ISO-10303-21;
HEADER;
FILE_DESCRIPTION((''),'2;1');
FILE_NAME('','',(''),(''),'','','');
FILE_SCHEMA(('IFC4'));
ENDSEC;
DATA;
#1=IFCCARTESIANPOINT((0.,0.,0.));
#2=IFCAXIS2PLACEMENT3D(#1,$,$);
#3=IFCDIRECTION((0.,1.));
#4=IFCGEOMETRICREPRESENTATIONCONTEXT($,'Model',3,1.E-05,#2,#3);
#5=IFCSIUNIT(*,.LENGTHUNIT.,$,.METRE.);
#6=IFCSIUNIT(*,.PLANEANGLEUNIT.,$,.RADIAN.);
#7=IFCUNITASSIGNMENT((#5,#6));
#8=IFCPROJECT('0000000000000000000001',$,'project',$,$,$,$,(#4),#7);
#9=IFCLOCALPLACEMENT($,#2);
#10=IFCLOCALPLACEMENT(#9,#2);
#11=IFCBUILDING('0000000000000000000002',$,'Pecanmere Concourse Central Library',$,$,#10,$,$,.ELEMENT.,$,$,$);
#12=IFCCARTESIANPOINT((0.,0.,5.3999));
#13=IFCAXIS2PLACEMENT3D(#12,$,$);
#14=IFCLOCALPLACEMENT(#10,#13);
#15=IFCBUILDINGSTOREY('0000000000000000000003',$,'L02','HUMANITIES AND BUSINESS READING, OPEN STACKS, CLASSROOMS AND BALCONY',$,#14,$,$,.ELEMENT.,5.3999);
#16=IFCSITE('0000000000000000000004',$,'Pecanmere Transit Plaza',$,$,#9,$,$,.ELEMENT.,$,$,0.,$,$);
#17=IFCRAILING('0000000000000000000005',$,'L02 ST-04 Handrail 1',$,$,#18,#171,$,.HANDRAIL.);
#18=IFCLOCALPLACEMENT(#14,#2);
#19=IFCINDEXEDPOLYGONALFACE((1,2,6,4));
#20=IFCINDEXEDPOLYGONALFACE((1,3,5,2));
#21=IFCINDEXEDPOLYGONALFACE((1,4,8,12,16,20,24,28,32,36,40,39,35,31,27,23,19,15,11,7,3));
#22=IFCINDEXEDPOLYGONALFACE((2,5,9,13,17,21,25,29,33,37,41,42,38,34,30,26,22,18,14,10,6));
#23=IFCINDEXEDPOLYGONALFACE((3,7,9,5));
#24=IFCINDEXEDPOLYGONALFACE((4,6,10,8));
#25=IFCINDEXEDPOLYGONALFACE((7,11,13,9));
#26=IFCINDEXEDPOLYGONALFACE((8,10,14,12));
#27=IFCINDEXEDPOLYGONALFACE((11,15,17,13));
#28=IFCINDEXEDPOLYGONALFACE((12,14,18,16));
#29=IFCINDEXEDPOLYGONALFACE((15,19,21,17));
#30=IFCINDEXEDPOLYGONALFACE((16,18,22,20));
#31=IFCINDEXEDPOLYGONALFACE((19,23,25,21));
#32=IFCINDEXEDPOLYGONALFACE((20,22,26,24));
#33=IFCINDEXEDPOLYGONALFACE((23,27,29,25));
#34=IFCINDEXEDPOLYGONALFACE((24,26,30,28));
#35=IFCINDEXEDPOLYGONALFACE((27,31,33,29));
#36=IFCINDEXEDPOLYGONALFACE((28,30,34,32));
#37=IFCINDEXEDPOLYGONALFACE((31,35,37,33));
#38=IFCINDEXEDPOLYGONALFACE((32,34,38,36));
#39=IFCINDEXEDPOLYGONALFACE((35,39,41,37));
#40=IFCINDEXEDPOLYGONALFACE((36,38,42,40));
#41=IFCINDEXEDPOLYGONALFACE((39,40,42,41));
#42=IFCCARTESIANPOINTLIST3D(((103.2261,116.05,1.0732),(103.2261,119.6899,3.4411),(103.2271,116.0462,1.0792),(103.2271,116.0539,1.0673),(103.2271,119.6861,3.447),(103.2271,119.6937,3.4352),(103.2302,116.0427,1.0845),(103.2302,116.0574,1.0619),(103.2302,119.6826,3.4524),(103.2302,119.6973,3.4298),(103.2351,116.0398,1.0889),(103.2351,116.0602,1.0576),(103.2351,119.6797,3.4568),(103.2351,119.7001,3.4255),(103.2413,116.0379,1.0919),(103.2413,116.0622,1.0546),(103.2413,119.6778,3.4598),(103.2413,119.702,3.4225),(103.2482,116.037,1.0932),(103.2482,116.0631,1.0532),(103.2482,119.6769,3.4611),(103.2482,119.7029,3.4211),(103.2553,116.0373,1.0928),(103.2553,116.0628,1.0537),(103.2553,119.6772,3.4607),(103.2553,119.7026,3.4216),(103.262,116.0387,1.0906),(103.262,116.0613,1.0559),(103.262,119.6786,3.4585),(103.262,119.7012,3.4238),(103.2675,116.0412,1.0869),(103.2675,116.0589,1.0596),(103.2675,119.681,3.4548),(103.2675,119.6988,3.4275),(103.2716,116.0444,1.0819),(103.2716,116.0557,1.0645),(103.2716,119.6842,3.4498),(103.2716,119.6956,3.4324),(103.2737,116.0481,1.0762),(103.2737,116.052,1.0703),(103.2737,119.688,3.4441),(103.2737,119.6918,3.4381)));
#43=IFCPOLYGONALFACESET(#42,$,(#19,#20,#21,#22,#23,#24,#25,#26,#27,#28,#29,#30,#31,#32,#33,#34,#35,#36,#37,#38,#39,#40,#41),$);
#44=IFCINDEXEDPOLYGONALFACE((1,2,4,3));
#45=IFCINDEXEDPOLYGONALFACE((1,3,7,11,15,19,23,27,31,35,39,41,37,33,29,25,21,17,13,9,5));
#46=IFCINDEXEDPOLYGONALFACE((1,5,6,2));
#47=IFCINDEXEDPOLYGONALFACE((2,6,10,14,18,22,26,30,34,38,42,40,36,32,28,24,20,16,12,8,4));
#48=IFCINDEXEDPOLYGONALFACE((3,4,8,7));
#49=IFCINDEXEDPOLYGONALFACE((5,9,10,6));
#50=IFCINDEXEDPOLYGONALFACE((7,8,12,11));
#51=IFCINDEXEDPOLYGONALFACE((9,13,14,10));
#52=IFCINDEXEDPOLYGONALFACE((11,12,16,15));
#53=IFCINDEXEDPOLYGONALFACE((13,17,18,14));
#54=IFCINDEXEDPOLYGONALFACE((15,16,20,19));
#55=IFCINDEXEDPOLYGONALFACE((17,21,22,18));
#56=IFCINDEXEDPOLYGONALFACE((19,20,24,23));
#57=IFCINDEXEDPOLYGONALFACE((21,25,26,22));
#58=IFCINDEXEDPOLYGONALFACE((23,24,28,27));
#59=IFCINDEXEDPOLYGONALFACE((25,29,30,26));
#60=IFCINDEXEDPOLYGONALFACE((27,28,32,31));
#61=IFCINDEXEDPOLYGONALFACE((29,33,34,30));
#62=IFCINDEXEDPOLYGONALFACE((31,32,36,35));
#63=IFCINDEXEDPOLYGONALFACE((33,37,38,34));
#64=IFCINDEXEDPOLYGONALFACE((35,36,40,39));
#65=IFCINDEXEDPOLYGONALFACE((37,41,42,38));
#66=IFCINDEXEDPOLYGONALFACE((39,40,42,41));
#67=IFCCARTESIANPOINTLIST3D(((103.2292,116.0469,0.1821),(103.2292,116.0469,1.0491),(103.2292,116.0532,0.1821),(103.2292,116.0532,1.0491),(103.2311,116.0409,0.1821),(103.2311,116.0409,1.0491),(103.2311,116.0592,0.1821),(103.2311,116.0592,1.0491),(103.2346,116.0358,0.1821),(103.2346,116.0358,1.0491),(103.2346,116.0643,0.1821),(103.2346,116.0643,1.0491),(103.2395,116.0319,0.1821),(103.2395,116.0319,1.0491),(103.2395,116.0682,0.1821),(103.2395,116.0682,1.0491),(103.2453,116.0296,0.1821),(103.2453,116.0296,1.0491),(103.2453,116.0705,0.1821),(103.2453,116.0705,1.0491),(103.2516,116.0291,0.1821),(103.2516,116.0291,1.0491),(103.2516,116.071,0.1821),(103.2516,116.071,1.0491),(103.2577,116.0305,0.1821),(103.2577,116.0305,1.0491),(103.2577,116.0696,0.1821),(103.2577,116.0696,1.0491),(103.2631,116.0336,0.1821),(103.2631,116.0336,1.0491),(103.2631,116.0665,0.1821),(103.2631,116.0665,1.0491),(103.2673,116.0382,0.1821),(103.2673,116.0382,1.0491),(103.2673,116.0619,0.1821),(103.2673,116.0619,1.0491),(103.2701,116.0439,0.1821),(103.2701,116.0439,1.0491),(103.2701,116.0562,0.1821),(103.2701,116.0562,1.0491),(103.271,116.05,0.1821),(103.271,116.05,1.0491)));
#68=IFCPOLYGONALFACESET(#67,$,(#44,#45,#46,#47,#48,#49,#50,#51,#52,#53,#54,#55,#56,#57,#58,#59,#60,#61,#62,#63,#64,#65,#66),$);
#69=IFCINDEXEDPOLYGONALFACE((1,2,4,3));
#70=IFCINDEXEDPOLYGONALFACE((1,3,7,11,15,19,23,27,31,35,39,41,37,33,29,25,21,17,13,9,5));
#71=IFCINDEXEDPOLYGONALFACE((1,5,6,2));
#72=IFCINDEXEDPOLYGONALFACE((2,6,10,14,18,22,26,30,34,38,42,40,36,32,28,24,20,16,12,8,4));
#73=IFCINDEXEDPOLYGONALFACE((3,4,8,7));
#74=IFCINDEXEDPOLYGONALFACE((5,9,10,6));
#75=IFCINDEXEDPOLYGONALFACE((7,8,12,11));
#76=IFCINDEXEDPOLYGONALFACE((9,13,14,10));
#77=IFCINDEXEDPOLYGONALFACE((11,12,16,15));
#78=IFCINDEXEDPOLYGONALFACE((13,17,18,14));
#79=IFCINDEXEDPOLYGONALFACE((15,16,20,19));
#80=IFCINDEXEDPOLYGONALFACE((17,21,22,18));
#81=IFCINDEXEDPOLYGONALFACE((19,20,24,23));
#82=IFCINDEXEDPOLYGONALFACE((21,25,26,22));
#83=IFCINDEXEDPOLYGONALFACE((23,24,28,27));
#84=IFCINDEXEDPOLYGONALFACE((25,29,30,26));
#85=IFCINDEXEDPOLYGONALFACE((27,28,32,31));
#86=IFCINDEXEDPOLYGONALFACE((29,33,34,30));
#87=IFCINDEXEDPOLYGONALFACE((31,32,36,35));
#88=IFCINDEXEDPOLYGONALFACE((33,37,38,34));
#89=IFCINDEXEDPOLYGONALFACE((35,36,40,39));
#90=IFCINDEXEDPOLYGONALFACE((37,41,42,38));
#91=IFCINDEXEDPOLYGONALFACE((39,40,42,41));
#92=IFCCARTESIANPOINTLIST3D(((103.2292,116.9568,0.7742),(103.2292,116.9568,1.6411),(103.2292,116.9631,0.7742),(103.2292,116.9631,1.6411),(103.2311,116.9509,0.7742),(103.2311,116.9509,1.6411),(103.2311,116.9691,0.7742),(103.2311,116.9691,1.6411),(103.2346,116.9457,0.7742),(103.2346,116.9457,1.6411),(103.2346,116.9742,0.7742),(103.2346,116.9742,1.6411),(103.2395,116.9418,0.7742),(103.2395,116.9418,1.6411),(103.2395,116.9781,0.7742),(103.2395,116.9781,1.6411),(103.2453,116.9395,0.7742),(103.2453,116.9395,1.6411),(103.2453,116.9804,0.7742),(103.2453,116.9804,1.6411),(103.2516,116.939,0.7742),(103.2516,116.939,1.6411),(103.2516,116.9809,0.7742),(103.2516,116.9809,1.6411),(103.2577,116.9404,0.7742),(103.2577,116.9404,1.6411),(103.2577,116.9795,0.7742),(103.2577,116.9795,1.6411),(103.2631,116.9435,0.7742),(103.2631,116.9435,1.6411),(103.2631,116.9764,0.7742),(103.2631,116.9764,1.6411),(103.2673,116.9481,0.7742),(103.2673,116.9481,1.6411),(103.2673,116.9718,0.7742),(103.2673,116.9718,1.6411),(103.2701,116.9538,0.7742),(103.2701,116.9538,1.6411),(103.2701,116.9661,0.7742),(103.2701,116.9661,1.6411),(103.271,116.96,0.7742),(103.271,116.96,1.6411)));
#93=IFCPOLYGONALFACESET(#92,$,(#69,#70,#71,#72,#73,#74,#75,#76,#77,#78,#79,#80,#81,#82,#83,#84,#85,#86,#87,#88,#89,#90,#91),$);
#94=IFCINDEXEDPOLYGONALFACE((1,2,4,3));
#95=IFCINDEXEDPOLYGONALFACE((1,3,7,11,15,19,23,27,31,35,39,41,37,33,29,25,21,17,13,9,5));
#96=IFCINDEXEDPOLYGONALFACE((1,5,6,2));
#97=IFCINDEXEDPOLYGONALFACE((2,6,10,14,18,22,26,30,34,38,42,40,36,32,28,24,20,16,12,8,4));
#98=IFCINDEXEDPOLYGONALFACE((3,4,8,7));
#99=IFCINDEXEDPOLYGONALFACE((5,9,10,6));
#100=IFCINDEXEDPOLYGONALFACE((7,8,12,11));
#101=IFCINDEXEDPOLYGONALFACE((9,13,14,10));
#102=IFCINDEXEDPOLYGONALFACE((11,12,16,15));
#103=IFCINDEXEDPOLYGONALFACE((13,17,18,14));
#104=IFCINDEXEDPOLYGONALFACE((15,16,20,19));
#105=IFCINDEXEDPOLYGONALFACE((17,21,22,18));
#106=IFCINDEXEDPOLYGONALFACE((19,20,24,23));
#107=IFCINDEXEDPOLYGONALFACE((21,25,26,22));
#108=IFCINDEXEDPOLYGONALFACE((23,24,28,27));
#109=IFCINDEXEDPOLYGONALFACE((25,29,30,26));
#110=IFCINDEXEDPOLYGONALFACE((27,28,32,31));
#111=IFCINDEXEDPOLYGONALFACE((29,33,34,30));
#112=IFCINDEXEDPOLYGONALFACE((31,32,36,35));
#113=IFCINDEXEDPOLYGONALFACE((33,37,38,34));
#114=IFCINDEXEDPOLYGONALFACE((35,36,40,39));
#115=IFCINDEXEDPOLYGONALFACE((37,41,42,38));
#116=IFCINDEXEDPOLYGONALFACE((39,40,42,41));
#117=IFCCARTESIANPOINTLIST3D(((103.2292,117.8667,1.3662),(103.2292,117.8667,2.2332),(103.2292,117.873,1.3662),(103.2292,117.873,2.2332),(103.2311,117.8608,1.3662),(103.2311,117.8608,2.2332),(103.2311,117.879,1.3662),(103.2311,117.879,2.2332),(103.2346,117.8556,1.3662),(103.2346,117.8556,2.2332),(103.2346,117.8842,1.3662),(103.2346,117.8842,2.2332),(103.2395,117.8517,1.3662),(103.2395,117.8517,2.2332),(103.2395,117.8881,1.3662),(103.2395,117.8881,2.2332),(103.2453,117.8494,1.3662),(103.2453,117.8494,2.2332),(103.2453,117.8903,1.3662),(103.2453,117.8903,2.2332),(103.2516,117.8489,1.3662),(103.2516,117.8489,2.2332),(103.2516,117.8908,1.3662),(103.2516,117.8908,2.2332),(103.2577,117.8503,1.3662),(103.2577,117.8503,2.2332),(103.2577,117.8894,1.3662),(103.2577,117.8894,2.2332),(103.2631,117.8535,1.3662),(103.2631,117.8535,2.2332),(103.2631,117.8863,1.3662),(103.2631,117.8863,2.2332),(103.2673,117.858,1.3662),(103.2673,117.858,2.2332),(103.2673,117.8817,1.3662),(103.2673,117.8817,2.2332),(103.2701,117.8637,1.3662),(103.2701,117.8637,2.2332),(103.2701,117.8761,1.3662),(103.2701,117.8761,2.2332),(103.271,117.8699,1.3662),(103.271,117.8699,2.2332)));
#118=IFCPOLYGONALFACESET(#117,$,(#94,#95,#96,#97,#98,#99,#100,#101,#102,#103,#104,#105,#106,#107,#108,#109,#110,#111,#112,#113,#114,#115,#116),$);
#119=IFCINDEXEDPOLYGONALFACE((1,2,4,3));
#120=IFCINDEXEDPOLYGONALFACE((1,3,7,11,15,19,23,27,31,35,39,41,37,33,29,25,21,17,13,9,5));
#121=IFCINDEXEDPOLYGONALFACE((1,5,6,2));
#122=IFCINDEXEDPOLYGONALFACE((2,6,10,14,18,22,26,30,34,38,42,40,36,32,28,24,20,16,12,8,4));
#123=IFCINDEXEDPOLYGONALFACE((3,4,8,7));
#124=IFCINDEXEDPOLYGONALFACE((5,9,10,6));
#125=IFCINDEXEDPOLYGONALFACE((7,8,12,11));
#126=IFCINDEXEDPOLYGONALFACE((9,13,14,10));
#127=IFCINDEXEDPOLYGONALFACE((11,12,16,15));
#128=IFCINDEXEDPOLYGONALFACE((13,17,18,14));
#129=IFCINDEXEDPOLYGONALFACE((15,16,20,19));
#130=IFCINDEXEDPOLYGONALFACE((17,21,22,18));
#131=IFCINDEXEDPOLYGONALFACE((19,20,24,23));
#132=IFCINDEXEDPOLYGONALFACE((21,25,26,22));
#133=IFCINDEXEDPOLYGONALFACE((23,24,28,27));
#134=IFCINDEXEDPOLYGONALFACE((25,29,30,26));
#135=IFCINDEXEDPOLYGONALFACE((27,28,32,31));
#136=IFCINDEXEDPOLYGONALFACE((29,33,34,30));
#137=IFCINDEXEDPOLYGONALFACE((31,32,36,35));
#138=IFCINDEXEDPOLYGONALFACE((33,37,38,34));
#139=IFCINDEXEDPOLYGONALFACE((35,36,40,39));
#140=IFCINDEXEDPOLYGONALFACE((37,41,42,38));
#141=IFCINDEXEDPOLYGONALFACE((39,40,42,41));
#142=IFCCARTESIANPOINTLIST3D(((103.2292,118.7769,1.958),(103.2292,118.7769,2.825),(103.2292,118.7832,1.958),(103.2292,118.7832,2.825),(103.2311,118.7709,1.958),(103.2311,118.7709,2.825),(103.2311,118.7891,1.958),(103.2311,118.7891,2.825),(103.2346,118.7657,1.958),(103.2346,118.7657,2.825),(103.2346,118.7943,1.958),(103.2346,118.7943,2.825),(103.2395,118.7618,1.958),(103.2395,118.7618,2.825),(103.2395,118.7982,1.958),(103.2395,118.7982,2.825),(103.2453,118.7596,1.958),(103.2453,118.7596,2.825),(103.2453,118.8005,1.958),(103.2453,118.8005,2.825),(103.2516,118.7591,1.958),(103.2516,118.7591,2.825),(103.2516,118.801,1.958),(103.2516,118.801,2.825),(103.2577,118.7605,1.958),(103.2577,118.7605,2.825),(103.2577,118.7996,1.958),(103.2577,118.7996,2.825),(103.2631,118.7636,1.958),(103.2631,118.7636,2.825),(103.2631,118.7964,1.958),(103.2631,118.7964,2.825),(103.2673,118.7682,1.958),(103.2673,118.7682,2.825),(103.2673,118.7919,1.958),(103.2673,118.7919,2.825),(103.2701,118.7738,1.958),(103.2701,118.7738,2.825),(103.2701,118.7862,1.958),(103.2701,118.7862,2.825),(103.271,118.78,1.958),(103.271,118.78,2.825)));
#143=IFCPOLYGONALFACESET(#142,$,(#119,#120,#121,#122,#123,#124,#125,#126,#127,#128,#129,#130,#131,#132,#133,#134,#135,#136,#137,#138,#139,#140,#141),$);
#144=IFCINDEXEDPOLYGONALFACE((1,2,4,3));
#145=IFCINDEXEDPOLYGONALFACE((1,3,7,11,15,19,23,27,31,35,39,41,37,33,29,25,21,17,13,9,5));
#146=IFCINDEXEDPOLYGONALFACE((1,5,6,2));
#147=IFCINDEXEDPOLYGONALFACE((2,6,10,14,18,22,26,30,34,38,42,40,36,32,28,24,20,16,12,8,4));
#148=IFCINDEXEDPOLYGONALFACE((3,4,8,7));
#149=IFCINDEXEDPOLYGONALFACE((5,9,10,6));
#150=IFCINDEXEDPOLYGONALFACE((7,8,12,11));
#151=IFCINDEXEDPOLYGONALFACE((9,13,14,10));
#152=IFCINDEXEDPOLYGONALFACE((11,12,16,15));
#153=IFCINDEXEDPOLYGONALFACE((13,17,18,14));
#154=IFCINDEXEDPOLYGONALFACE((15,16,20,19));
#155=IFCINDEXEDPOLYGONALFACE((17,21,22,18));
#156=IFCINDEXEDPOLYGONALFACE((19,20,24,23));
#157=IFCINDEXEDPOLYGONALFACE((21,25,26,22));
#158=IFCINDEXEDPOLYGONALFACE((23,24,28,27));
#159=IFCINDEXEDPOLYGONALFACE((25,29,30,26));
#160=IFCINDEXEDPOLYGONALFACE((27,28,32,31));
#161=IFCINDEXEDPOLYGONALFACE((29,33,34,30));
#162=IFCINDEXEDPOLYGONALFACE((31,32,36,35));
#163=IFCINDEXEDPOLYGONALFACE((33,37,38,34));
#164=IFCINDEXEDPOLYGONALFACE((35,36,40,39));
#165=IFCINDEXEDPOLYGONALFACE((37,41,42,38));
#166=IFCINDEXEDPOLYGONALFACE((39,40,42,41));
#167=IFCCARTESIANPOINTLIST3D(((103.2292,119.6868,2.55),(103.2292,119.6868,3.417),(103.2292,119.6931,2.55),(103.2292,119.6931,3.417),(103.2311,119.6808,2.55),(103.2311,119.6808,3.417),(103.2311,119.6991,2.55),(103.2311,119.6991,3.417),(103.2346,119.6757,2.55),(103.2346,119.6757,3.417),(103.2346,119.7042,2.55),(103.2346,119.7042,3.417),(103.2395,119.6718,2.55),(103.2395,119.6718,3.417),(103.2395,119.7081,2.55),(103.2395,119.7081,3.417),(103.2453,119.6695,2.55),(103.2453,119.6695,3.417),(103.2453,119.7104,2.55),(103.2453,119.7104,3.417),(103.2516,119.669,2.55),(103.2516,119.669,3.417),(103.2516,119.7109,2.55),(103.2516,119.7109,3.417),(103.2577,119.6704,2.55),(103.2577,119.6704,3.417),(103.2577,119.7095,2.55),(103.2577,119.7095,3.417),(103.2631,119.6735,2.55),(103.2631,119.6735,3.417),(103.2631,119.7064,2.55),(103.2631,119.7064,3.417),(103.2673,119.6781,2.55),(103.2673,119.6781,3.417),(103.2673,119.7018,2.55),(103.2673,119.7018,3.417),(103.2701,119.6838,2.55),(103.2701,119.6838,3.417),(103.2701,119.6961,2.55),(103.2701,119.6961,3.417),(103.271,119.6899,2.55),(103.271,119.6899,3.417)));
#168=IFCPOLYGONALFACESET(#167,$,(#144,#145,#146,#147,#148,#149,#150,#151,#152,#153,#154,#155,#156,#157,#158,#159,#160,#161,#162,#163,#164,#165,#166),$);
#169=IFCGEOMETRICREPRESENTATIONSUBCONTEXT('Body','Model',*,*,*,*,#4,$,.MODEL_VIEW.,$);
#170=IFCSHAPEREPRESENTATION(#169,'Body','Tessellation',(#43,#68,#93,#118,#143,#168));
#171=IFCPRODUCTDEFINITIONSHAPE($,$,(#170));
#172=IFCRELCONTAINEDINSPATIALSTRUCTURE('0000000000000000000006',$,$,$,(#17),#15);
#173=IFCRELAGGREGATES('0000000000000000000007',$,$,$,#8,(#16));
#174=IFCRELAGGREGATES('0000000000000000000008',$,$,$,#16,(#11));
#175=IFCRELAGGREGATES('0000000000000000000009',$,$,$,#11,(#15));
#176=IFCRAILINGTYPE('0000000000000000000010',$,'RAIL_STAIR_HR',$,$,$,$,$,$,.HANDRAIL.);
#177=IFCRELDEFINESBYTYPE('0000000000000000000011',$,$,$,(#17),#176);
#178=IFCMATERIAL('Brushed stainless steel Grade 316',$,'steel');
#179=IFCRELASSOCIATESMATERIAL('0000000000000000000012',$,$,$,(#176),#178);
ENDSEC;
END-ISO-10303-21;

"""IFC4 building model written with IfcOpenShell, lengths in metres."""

from ifc_helpers import new_model, si_unit, direction, frame, origin, origin_2d, place, context, subcontext, project, spatial, circle, extrude, material, type_object, element, save


model = new_model("IFC4")

# Units and contexts
model_context = context("Model", 3, precision=1e-05, world=origin(), true_north=direction((0.0, 1.0)))
body_context = subcontext(model_context, "Body", "Model", "MODEL_VIEW")
ifc_project = project(units=[si_unit("LENGTHUNIT", "METRE"), si_unit("PLANEANGLEUNIT", "RADIAN")], contexts=[model_context])

# Site, building, storey
site_placement = place(None, origin())
site = spatial("IfcSite", under=ifc_project, at=site_placement, Name="Pecanmere Transit Plaza", CompositionType="ELEMENT", RefElevation=0.0)
building_placement = place(site_placement, origin())
building = spatial("IfcBuilding", under=site, at=building_placement, Name="Pecanmere Concourse Central Library", CompositionType="ELEMENT")
storey_placement = place(building_placement, frame((0.0, 0.0, 5.3999)))
storey = spatial("IfcBuildingStorey", under=building, at=storey_placement, Name="L02", Description="HUMANITIES AND BUSINESS READING, OPEN STACKS, CLASSROOMS AND BALCONY", CompositionType="ELEMENT", Elevation=5.3999)

# Railing
ifc_material_1 = material(Name="Brushed stainless steel Grade 316", Category="steel")
railing_type_1 = type_object("IfcRailingType", Name="RAIL_STAIR_HR", PredefinedType="HANDRAIL", material=ifc_material_1)
railing_1_placement = place(storey_placement, frame((103.25, 116.05, 0.1821)))
element("IfcRailing", 1, at=railing_1_placement, inside=storey, type_object=railing_type_1, Name="L02 ST-04 Handrail 1", PredefinedType="HANDRAIL", context=body_context, shape_type="SweptSolid", body=[
    extrude(circle(Radius=0.0239, at=origin_2d()), frame((0.0, 0.0, 0.8911), z_axis=(0.0, 0.838234, 0.54531), x_axis=(-1.0, 0.0, 0.0)), (0.0, 0.0, 1.0), 4.3423),
    extrude(circle(Radius=0.021, at=origin_2d()), origin(), (0.0, 0.0, 1.0), 0.8669),
    extrude(circle(Radius=0.021, at=origin_2d()), frame((0.0, 0.9099, 0.592)), (0.0, 0.0, 1.0), 0.8669),
    extrude(circle(Radius=0.021, at=origin_2d()), frame((0.0, 1.8198, 1.1841)), (0.0, 0.0, 1.0), 0.8669),
    extrude(circle(Radius=0.021, at=origin_2d()), frame((0.0, 2.73, 1.7759)), (0.0, 0.0, 1.0), 0.8669),
    extrude(circle(Radius=0.021, at=origin_2d()), frame((0.0, 3.6399, 2.3679)), (0.0, 0.0, 1.0), 0.8669),
])

save(model, "model.ifc")
